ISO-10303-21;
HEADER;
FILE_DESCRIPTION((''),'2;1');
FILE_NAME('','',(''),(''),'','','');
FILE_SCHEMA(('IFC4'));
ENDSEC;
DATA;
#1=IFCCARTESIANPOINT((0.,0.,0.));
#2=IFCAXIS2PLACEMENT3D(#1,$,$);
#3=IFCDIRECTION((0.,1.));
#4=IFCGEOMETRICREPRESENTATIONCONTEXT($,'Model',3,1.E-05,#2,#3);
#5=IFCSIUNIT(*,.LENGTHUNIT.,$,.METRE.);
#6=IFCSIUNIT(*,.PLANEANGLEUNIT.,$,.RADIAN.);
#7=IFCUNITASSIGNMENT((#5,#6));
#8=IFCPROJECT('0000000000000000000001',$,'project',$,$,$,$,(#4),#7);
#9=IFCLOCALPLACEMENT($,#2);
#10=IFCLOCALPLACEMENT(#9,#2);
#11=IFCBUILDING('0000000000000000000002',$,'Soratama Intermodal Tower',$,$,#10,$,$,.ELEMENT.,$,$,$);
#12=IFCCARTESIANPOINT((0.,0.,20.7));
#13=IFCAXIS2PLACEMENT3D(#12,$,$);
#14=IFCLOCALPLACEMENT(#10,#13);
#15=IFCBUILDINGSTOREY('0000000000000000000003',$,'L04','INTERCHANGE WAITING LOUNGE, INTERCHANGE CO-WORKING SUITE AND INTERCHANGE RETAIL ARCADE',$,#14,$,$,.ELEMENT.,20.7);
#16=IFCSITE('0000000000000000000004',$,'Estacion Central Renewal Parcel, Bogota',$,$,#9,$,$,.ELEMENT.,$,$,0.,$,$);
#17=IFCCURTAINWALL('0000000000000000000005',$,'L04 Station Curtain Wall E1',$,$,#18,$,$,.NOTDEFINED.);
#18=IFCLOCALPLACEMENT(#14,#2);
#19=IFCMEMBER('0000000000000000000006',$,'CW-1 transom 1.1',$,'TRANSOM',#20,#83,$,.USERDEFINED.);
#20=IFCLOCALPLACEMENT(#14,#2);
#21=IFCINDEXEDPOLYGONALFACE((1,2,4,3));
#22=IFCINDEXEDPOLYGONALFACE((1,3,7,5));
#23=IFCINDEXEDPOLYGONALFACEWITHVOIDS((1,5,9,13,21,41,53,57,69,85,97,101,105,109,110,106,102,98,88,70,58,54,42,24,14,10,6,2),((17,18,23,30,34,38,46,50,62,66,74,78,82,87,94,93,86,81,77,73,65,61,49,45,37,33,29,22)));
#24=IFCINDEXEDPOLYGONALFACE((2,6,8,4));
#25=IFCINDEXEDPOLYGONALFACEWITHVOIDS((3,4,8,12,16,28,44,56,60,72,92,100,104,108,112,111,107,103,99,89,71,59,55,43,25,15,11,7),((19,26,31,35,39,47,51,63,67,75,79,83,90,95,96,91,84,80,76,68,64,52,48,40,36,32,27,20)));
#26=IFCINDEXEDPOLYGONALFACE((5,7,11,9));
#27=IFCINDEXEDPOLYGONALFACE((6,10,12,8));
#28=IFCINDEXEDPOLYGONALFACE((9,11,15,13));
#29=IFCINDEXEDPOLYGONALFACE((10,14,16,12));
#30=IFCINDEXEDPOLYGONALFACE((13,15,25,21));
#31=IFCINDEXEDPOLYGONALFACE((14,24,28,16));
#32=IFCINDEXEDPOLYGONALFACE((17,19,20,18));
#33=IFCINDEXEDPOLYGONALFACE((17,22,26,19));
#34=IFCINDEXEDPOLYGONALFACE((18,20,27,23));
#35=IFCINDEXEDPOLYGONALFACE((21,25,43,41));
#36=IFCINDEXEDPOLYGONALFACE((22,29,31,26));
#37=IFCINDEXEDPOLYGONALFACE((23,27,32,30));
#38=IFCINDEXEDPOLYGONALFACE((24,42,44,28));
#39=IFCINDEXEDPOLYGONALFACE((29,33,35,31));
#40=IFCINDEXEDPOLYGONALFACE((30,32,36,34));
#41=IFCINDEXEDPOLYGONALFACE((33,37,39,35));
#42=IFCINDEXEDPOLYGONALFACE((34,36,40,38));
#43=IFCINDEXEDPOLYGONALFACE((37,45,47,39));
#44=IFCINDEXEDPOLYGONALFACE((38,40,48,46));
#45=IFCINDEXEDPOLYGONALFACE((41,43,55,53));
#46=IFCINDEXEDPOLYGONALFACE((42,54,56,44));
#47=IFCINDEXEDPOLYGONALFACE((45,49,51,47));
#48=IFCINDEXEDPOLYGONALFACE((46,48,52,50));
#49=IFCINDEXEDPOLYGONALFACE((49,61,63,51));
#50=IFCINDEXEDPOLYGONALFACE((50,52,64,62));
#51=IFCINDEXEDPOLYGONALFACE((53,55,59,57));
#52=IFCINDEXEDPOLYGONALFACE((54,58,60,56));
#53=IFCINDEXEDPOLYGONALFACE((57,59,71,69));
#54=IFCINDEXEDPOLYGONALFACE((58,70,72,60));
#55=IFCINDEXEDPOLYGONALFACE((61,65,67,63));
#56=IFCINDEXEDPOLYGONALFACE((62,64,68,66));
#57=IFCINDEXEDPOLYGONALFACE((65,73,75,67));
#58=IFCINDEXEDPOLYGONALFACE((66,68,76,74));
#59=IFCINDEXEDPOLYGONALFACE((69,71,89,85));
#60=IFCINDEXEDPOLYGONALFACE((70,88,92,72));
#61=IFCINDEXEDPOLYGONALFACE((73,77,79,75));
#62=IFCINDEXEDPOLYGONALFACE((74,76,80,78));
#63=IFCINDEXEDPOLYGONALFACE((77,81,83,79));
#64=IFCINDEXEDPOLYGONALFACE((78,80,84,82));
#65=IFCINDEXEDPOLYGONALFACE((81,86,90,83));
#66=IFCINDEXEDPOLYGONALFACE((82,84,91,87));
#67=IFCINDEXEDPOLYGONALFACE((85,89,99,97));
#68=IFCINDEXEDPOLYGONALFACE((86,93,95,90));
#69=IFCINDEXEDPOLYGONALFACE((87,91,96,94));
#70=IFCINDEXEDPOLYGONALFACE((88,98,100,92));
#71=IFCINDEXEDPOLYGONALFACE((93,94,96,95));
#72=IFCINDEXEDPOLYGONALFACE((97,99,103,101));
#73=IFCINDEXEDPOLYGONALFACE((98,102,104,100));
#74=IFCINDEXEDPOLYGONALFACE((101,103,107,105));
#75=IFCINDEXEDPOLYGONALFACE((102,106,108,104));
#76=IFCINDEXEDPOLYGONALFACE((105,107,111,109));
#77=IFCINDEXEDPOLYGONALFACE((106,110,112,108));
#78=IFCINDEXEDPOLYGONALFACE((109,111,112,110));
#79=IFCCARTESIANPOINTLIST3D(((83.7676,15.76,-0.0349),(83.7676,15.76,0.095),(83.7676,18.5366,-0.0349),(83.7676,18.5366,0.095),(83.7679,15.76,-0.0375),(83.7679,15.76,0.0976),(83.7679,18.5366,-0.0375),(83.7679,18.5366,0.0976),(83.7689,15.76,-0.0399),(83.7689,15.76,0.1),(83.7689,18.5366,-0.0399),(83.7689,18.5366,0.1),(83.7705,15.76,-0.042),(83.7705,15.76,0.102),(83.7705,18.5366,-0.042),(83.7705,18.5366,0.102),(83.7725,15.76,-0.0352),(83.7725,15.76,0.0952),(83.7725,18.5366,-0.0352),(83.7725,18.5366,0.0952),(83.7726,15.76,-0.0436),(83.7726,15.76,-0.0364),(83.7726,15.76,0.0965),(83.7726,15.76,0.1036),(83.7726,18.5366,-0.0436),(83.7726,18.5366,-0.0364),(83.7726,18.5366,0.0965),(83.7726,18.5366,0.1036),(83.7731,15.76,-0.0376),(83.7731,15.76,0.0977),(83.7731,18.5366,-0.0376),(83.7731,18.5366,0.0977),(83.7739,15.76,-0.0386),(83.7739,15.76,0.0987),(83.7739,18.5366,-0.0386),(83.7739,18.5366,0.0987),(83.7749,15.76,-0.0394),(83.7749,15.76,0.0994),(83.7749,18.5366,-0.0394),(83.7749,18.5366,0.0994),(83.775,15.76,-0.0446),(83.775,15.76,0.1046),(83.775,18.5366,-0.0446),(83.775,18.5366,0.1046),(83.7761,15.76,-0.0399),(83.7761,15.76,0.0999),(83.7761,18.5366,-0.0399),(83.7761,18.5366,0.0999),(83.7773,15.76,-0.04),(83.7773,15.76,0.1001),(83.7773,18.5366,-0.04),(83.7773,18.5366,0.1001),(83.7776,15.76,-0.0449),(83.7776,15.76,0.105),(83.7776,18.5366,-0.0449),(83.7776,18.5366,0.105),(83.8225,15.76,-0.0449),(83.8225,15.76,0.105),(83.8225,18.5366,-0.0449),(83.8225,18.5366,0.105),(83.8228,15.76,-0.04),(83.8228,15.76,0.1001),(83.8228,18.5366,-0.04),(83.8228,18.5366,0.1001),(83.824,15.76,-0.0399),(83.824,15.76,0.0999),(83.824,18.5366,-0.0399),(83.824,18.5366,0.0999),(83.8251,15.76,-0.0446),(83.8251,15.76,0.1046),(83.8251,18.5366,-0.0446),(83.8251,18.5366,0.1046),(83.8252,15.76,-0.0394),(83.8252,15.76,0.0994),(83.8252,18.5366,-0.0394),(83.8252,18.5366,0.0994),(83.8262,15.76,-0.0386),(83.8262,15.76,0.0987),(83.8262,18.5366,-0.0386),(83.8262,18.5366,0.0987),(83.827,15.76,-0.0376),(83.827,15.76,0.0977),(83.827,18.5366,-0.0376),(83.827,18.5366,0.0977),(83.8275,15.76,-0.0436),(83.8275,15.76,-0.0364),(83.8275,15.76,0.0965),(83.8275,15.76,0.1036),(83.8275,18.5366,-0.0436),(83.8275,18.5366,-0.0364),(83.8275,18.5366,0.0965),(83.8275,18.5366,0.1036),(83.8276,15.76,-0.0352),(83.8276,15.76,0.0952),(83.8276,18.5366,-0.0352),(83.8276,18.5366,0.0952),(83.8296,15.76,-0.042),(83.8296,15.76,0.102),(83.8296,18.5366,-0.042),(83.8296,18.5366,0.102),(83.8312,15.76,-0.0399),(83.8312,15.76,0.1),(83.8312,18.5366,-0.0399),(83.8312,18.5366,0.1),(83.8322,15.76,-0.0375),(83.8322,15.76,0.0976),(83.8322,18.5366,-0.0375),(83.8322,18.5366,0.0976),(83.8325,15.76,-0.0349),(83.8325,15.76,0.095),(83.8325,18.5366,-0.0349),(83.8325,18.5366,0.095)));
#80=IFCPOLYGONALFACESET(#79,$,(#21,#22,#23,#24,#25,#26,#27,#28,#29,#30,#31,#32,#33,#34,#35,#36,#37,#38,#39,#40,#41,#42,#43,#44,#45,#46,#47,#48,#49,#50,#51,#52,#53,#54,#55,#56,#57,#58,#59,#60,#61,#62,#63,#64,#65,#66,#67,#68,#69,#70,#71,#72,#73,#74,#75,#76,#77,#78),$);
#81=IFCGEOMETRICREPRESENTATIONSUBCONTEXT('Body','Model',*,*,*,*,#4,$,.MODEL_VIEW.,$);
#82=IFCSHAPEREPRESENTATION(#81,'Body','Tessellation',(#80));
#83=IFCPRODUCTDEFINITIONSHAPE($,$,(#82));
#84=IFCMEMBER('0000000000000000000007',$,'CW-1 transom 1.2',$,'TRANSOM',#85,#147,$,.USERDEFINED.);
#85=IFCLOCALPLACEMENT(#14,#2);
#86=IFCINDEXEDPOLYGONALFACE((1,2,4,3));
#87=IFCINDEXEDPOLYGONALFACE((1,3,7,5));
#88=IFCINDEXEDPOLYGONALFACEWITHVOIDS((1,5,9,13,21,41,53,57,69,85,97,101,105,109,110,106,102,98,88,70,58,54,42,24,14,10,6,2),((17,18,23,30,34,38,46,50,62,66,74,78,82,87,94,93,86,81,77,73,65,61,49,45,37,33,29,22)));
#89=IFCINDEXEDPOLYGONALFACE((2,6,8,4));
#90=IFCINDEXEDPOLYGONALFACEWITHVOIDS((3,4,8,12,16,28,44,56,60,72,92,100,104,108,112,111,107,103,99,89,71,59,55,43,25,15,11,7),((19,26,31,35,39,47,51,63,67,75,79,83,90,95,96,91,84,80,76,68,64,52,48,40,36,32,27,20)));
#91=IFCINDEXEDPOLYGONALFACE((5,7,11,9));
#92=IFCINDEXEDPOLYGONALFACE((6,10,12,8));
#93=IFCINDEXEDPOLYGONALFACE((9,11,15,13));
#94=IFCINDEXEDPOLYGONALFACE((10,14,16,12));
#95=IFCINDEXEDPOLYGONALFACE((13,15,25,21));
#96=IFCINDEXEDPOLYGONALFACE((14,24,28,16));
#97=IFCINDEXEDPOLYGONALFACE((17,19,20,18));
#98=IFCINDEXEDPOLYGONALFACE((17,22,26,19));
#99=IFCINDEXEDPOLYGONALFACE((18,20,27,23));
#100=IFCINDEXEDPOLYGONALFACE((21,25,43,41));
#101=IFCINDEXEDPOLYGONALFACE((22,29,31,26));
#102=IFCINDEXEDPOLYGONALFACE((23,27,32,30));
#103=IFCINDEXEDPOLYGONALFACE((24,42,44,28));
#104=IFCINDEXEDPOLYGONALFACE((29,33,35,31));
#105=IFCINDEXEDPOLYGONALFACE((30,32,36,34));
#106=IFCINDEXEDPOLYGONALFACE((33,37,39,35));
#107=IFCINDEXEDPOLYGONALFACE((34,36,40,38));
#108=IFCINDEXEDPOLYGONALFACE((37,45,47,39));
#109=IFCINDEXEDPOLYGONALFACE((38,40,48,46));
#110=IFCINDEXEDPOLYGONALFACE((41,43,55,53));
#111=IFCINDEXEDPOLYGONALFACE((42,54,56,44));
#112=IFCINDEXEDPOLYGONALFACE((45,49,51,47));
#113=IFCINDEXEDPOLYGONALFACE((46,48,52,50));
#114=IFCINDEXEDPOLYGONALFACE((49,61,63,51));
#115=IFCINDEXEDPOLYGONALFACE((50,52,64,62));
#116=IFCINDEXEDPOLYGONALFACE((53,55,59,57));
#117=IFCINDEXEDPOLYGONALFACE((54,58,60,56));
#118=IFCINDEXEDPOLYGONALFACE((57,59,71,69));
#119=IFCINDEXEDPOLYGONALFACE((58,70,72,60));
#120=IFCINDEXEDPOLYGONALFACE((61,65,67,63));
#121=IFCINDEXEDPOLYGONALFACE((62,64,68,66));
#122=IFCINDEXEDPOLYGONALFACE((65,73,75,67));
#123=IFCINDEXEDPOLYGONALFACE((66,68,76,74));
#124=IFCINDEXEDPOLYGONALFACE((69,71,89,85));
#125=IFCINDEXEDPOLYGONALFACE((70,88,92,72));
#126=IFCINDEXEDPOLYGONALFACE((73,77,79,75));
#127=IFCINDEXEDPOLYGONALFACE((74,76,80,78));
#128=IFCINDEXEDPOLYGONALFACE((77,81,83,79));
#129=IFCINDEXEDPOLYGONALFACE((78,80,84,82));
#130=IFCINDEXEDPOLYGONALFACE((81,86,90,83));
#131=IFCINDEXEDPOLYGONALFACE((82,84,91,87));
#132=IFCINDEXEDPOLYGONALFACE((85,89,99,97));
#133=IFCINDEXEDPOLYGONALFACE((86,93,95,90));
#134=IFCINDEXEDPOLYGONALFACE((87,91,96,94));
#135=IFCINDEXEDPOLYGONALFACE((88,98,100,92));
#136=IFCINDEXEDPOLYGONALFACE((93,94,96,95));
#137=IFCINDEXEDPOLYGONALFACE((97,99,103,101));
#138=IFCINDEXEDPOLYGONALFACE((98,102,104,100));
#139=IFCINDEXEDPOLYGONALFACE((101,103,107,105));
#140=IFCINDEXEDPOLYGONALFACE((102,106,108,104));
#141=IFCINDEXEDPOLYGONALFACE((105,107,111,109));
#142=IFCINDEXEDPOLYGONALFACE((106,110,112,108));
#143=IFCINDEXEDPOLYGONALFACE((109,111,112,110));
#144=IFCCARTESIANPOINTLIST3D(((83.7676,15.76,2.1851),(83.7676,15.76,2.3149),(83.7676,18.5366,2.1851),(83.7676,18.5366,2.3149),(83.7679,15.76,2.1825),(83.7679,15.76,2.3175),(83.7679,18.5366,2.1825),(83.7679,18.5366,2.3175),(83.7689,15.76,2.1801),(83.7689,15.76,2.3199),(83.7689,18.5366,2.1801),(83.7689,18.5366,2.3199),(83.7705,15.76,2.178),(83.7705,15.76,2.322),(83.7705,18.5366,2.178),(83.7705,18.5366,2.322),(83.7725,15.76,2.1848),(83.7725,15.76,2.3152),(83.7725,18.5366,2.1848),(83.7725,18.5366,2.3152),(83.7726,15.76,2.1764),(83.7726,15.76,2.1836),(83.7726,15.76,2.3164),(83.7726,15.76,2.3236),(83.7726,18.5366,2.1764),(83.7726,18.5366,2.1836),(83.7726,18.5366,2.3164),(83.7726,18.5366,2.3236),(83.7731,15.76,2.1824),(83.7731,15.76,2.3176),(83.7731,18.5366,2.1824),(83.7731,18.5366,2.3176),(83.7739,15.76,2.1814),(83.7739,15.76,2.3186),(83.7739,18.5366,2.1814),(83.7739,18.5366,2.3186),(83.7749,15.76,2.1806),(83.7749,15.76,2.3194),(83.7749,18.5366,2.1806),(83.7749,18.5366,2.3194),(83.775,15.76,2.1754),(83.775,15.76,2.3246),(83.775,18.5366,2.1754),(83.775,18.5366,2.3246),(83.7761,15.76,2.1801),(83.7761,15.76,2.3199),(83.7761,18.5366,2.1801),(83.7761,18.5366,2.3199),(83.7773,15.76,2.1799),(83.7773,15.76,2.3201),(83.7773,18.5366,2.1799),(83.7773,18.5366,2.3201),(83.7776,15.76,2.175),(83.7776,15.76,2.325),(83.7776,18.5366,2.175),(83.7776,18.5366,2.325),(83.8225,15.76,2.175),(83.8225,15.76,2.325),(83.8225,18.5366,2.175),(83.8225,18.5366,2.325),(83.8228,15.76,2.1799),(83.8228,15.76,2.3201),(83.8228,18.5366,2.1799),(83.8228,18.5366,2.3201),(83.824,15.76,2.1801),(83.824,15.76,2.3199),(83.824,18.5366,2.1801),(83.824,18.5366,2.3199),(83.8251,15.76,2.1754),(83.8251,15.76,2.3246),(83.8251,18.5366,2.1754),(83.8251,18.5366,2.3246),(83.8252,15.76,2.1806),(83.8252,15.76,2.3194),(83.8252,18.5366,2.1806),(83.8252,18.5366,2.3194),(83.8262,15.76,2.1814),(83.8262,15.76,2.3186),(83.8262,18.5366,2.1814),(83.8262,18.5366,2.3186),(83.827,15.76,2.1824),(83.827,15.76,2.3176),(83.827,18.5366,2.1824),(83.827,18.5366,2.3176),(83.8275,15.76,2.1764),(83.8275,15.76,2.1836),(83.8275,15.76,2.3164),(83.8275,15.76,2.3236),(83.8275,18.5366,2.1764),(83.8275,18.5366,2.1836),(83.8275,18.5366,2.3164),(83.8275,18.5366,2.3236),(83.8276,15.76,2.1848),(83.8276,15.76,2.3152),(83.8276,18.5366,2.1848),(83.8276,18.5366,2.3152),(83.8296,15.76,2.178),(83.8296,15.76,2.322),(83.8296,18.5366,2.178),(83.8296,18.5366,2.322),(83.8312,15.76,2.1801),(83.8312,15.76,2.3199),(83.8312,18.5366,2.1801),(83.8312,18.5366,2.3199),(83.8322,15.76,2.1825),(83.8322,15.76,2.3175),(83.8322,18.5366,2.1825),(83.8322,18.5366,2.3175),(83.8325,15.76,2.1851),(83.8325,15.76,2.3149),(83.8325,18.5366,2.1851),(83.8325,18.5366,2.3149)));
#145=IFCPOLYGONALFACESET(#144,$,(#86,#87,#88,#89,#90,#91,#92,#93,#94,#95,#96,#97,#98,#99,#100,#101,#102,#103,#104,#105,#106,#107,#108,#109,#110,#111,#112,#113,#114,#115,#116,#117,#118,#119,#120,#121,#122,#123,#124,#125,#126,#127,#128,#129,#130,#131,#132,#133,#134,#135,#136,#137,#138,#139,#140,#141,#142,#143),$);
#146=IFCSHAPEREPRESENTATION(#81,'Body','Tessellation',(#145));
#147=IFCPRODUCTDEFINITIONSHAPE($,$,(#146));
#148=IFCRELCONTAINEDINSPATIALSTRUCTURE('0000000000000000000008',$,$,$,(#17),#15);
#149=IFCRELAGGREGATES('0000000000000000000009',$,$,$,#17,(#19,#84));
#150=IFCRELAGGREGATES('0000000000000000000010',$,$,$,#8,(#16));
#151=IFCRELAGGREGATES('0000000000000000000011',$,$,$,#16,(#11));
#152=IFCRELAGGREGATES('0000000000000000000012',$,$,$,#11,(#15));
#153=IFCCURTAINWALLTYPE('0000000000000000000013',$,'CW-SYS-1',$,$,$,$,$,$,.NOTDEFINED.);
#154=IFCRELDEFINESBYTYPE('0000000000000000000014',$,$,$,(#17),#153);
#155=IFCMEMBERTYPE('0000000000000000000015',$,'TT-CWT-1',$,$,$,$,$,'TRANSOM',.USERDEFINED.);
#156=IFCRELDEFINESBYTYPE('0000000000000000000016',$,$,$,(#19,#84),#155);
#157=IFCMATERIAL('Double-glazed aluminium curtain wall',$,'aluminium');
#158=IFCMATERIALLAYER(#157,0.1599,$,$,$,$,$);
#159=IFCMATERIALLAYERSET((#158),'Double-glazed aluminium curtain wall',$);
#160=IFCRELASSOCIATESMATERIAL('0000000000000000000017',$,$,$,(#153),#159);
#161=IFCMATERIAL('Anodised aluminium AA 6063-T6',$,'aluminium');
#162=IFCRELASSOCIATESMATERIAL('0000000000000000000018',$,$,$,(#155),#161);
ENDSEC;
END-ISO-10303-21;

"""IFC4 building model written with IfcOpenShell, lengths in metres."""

from ifc_helpers import new_model, si_unit, direction, frame, origin, origin_2d, place, context, subcontext, project, spatial, hollow_rectangle, extrude, material, layer, layer_set, material_profile, profile_set, type_object, element, aggregate, save


model = new_model("IFC4")

# Units and contexts
model_context = context("Model", 3, precision=1e-05, world=origin(), true_north=direction((0.0, 1.0)))
body_context = subcontext(model_context, "Body", "Model", "MODEL_VIEW")
ifc_project = project(units=[si_unit("LENGTHUNIT", "METRE"), si_unit("PLANEANGLEUNIT", "RADIAN")], contexts=[model_context])

# Site, building, storey
site_placement = place(None, origin())
site = spatial("IfcSite", under=ifc_project, at=site_placement, Name="Estacion Central Renewal Parcel, Bogota", CompositionType="ELEMENT", RefElevation=0.0)
building_placement = place(site_placement, origin())
building = spatial("IfcBuilding", under=site, at=building_placement, Name="Soratama Intermodal Tower", CompositionType="ELEMENT")
storey_placement = place(building_placement, frame((0.0, 0.0, 20.7)))
storey = spatial("IfcBuildingStorey", under=building, at=storey_placement, Name="L04", Description="INTERCHANGE WAITING LOUNGE, INTERCHANGE CO-WORKING SUITE AND INTERCHANGE RETAIL ARCADE", CompositionType="ELEMENT", Elevation=20.7)

# Curtain wall, members
ifc_material_1 = material(Name="Double-glazed aluminium curtain wall", Category="aluminium")
ifc_layer_1 = layer(ifc_material_1, 0.1599)
ifc_layer_set_1 = layer_set([ifc_layer_1], Name="Double-glazed aluminium curtain wall")
curtain_wall_type = type_object("IfcCurtainWallType", Name="CW-SYS-1", PredefinedType="NOTDEFINED", material=ifc_layer_set_1)
curtain_wall_placement = place(storey_placement, origin())
curtain_wall = element("IfcCurtainWall", 1, at=curtain_wall_placement, inside=storey, type_object=curtain_wall_type, Name="L04 Station Curtain Wall E1", PredefinedType="NOTDEFINED")
ifc_material_2 = material(Name="Anodised aluminium AA 6063-T6", Category="aluminium")
ifc_material_profile_1 = material_profile(ifc_material_2, hollow_rectangle(XDim=0.0649, YDim=0.1499, WallThickness=0.0049, InnerFilletRadius=0.0049, OuterFilletRadius=0.01, at=origin_2d()), Name="CWT150X65X5")
ifc_profile_set_1 = profile_set([ifc_material_profile_1], Name="Anodised aluminium AA 6063-T6")
member_type_1 = type_object("IfcMemberType", Name="TT-CWT-1", ElementType="TRANSOM", PredefinedType="USERDEFINED", material=ifc_profile_set_1)
member_1_placement = place(storey_placement, frame((83.8, 15.76, 0.03), z_axis=(0.0, 1.0, 0.0), x_axis=(-1.0, 0.0, 0.0)))
member_1 = element("IfcMember", 2, at=member_1_placement, type_object=member_type_1, Name="CW-1 transom 1.1", ObjectType="TRANSOM", PredefinedType="USERDEFINED", context=body_context, shape_type="SweptSolid", body=[
    extrude(hollow_rectangle(XDim=0.0649, YDim=0.1499, WallThickness=0.0049, InnerFilletRadius=0.0049, OuterFilletRadius=0.01, at=origin_2d()), origin(), (0.0, 0.0, 1.0), 2.7766),
])
member_2_placement = place(storey_placement, frame((83.8, 15.76, 2.25), z_axis=(0.0, 1.0, 0.0), x_axis=(-1.0, 0.0, 0.0)))
member_2 = element("IfcMember", 3, at=member_2_placement, type_object=member_type_1, Name="CW-1 transom 1.2", ObjectType="TRANSOM", PredefinedType="USERDEFINED", context=body_context, shape_type="SweptSolid", body=[
    extrude(hollow_rectangle(XDim=0.0649, YDim=0.1499, WallThickness=0.0049, InnerFilletRadius=0.0049, OuterFilletRadius=0.01, at=origin_2d()), origin(), (0.0, 0.0, 1.0), 2.7766),
])
aggregate(curtain_wall, [member_1, member_2])

save(model, "model.ifc")
